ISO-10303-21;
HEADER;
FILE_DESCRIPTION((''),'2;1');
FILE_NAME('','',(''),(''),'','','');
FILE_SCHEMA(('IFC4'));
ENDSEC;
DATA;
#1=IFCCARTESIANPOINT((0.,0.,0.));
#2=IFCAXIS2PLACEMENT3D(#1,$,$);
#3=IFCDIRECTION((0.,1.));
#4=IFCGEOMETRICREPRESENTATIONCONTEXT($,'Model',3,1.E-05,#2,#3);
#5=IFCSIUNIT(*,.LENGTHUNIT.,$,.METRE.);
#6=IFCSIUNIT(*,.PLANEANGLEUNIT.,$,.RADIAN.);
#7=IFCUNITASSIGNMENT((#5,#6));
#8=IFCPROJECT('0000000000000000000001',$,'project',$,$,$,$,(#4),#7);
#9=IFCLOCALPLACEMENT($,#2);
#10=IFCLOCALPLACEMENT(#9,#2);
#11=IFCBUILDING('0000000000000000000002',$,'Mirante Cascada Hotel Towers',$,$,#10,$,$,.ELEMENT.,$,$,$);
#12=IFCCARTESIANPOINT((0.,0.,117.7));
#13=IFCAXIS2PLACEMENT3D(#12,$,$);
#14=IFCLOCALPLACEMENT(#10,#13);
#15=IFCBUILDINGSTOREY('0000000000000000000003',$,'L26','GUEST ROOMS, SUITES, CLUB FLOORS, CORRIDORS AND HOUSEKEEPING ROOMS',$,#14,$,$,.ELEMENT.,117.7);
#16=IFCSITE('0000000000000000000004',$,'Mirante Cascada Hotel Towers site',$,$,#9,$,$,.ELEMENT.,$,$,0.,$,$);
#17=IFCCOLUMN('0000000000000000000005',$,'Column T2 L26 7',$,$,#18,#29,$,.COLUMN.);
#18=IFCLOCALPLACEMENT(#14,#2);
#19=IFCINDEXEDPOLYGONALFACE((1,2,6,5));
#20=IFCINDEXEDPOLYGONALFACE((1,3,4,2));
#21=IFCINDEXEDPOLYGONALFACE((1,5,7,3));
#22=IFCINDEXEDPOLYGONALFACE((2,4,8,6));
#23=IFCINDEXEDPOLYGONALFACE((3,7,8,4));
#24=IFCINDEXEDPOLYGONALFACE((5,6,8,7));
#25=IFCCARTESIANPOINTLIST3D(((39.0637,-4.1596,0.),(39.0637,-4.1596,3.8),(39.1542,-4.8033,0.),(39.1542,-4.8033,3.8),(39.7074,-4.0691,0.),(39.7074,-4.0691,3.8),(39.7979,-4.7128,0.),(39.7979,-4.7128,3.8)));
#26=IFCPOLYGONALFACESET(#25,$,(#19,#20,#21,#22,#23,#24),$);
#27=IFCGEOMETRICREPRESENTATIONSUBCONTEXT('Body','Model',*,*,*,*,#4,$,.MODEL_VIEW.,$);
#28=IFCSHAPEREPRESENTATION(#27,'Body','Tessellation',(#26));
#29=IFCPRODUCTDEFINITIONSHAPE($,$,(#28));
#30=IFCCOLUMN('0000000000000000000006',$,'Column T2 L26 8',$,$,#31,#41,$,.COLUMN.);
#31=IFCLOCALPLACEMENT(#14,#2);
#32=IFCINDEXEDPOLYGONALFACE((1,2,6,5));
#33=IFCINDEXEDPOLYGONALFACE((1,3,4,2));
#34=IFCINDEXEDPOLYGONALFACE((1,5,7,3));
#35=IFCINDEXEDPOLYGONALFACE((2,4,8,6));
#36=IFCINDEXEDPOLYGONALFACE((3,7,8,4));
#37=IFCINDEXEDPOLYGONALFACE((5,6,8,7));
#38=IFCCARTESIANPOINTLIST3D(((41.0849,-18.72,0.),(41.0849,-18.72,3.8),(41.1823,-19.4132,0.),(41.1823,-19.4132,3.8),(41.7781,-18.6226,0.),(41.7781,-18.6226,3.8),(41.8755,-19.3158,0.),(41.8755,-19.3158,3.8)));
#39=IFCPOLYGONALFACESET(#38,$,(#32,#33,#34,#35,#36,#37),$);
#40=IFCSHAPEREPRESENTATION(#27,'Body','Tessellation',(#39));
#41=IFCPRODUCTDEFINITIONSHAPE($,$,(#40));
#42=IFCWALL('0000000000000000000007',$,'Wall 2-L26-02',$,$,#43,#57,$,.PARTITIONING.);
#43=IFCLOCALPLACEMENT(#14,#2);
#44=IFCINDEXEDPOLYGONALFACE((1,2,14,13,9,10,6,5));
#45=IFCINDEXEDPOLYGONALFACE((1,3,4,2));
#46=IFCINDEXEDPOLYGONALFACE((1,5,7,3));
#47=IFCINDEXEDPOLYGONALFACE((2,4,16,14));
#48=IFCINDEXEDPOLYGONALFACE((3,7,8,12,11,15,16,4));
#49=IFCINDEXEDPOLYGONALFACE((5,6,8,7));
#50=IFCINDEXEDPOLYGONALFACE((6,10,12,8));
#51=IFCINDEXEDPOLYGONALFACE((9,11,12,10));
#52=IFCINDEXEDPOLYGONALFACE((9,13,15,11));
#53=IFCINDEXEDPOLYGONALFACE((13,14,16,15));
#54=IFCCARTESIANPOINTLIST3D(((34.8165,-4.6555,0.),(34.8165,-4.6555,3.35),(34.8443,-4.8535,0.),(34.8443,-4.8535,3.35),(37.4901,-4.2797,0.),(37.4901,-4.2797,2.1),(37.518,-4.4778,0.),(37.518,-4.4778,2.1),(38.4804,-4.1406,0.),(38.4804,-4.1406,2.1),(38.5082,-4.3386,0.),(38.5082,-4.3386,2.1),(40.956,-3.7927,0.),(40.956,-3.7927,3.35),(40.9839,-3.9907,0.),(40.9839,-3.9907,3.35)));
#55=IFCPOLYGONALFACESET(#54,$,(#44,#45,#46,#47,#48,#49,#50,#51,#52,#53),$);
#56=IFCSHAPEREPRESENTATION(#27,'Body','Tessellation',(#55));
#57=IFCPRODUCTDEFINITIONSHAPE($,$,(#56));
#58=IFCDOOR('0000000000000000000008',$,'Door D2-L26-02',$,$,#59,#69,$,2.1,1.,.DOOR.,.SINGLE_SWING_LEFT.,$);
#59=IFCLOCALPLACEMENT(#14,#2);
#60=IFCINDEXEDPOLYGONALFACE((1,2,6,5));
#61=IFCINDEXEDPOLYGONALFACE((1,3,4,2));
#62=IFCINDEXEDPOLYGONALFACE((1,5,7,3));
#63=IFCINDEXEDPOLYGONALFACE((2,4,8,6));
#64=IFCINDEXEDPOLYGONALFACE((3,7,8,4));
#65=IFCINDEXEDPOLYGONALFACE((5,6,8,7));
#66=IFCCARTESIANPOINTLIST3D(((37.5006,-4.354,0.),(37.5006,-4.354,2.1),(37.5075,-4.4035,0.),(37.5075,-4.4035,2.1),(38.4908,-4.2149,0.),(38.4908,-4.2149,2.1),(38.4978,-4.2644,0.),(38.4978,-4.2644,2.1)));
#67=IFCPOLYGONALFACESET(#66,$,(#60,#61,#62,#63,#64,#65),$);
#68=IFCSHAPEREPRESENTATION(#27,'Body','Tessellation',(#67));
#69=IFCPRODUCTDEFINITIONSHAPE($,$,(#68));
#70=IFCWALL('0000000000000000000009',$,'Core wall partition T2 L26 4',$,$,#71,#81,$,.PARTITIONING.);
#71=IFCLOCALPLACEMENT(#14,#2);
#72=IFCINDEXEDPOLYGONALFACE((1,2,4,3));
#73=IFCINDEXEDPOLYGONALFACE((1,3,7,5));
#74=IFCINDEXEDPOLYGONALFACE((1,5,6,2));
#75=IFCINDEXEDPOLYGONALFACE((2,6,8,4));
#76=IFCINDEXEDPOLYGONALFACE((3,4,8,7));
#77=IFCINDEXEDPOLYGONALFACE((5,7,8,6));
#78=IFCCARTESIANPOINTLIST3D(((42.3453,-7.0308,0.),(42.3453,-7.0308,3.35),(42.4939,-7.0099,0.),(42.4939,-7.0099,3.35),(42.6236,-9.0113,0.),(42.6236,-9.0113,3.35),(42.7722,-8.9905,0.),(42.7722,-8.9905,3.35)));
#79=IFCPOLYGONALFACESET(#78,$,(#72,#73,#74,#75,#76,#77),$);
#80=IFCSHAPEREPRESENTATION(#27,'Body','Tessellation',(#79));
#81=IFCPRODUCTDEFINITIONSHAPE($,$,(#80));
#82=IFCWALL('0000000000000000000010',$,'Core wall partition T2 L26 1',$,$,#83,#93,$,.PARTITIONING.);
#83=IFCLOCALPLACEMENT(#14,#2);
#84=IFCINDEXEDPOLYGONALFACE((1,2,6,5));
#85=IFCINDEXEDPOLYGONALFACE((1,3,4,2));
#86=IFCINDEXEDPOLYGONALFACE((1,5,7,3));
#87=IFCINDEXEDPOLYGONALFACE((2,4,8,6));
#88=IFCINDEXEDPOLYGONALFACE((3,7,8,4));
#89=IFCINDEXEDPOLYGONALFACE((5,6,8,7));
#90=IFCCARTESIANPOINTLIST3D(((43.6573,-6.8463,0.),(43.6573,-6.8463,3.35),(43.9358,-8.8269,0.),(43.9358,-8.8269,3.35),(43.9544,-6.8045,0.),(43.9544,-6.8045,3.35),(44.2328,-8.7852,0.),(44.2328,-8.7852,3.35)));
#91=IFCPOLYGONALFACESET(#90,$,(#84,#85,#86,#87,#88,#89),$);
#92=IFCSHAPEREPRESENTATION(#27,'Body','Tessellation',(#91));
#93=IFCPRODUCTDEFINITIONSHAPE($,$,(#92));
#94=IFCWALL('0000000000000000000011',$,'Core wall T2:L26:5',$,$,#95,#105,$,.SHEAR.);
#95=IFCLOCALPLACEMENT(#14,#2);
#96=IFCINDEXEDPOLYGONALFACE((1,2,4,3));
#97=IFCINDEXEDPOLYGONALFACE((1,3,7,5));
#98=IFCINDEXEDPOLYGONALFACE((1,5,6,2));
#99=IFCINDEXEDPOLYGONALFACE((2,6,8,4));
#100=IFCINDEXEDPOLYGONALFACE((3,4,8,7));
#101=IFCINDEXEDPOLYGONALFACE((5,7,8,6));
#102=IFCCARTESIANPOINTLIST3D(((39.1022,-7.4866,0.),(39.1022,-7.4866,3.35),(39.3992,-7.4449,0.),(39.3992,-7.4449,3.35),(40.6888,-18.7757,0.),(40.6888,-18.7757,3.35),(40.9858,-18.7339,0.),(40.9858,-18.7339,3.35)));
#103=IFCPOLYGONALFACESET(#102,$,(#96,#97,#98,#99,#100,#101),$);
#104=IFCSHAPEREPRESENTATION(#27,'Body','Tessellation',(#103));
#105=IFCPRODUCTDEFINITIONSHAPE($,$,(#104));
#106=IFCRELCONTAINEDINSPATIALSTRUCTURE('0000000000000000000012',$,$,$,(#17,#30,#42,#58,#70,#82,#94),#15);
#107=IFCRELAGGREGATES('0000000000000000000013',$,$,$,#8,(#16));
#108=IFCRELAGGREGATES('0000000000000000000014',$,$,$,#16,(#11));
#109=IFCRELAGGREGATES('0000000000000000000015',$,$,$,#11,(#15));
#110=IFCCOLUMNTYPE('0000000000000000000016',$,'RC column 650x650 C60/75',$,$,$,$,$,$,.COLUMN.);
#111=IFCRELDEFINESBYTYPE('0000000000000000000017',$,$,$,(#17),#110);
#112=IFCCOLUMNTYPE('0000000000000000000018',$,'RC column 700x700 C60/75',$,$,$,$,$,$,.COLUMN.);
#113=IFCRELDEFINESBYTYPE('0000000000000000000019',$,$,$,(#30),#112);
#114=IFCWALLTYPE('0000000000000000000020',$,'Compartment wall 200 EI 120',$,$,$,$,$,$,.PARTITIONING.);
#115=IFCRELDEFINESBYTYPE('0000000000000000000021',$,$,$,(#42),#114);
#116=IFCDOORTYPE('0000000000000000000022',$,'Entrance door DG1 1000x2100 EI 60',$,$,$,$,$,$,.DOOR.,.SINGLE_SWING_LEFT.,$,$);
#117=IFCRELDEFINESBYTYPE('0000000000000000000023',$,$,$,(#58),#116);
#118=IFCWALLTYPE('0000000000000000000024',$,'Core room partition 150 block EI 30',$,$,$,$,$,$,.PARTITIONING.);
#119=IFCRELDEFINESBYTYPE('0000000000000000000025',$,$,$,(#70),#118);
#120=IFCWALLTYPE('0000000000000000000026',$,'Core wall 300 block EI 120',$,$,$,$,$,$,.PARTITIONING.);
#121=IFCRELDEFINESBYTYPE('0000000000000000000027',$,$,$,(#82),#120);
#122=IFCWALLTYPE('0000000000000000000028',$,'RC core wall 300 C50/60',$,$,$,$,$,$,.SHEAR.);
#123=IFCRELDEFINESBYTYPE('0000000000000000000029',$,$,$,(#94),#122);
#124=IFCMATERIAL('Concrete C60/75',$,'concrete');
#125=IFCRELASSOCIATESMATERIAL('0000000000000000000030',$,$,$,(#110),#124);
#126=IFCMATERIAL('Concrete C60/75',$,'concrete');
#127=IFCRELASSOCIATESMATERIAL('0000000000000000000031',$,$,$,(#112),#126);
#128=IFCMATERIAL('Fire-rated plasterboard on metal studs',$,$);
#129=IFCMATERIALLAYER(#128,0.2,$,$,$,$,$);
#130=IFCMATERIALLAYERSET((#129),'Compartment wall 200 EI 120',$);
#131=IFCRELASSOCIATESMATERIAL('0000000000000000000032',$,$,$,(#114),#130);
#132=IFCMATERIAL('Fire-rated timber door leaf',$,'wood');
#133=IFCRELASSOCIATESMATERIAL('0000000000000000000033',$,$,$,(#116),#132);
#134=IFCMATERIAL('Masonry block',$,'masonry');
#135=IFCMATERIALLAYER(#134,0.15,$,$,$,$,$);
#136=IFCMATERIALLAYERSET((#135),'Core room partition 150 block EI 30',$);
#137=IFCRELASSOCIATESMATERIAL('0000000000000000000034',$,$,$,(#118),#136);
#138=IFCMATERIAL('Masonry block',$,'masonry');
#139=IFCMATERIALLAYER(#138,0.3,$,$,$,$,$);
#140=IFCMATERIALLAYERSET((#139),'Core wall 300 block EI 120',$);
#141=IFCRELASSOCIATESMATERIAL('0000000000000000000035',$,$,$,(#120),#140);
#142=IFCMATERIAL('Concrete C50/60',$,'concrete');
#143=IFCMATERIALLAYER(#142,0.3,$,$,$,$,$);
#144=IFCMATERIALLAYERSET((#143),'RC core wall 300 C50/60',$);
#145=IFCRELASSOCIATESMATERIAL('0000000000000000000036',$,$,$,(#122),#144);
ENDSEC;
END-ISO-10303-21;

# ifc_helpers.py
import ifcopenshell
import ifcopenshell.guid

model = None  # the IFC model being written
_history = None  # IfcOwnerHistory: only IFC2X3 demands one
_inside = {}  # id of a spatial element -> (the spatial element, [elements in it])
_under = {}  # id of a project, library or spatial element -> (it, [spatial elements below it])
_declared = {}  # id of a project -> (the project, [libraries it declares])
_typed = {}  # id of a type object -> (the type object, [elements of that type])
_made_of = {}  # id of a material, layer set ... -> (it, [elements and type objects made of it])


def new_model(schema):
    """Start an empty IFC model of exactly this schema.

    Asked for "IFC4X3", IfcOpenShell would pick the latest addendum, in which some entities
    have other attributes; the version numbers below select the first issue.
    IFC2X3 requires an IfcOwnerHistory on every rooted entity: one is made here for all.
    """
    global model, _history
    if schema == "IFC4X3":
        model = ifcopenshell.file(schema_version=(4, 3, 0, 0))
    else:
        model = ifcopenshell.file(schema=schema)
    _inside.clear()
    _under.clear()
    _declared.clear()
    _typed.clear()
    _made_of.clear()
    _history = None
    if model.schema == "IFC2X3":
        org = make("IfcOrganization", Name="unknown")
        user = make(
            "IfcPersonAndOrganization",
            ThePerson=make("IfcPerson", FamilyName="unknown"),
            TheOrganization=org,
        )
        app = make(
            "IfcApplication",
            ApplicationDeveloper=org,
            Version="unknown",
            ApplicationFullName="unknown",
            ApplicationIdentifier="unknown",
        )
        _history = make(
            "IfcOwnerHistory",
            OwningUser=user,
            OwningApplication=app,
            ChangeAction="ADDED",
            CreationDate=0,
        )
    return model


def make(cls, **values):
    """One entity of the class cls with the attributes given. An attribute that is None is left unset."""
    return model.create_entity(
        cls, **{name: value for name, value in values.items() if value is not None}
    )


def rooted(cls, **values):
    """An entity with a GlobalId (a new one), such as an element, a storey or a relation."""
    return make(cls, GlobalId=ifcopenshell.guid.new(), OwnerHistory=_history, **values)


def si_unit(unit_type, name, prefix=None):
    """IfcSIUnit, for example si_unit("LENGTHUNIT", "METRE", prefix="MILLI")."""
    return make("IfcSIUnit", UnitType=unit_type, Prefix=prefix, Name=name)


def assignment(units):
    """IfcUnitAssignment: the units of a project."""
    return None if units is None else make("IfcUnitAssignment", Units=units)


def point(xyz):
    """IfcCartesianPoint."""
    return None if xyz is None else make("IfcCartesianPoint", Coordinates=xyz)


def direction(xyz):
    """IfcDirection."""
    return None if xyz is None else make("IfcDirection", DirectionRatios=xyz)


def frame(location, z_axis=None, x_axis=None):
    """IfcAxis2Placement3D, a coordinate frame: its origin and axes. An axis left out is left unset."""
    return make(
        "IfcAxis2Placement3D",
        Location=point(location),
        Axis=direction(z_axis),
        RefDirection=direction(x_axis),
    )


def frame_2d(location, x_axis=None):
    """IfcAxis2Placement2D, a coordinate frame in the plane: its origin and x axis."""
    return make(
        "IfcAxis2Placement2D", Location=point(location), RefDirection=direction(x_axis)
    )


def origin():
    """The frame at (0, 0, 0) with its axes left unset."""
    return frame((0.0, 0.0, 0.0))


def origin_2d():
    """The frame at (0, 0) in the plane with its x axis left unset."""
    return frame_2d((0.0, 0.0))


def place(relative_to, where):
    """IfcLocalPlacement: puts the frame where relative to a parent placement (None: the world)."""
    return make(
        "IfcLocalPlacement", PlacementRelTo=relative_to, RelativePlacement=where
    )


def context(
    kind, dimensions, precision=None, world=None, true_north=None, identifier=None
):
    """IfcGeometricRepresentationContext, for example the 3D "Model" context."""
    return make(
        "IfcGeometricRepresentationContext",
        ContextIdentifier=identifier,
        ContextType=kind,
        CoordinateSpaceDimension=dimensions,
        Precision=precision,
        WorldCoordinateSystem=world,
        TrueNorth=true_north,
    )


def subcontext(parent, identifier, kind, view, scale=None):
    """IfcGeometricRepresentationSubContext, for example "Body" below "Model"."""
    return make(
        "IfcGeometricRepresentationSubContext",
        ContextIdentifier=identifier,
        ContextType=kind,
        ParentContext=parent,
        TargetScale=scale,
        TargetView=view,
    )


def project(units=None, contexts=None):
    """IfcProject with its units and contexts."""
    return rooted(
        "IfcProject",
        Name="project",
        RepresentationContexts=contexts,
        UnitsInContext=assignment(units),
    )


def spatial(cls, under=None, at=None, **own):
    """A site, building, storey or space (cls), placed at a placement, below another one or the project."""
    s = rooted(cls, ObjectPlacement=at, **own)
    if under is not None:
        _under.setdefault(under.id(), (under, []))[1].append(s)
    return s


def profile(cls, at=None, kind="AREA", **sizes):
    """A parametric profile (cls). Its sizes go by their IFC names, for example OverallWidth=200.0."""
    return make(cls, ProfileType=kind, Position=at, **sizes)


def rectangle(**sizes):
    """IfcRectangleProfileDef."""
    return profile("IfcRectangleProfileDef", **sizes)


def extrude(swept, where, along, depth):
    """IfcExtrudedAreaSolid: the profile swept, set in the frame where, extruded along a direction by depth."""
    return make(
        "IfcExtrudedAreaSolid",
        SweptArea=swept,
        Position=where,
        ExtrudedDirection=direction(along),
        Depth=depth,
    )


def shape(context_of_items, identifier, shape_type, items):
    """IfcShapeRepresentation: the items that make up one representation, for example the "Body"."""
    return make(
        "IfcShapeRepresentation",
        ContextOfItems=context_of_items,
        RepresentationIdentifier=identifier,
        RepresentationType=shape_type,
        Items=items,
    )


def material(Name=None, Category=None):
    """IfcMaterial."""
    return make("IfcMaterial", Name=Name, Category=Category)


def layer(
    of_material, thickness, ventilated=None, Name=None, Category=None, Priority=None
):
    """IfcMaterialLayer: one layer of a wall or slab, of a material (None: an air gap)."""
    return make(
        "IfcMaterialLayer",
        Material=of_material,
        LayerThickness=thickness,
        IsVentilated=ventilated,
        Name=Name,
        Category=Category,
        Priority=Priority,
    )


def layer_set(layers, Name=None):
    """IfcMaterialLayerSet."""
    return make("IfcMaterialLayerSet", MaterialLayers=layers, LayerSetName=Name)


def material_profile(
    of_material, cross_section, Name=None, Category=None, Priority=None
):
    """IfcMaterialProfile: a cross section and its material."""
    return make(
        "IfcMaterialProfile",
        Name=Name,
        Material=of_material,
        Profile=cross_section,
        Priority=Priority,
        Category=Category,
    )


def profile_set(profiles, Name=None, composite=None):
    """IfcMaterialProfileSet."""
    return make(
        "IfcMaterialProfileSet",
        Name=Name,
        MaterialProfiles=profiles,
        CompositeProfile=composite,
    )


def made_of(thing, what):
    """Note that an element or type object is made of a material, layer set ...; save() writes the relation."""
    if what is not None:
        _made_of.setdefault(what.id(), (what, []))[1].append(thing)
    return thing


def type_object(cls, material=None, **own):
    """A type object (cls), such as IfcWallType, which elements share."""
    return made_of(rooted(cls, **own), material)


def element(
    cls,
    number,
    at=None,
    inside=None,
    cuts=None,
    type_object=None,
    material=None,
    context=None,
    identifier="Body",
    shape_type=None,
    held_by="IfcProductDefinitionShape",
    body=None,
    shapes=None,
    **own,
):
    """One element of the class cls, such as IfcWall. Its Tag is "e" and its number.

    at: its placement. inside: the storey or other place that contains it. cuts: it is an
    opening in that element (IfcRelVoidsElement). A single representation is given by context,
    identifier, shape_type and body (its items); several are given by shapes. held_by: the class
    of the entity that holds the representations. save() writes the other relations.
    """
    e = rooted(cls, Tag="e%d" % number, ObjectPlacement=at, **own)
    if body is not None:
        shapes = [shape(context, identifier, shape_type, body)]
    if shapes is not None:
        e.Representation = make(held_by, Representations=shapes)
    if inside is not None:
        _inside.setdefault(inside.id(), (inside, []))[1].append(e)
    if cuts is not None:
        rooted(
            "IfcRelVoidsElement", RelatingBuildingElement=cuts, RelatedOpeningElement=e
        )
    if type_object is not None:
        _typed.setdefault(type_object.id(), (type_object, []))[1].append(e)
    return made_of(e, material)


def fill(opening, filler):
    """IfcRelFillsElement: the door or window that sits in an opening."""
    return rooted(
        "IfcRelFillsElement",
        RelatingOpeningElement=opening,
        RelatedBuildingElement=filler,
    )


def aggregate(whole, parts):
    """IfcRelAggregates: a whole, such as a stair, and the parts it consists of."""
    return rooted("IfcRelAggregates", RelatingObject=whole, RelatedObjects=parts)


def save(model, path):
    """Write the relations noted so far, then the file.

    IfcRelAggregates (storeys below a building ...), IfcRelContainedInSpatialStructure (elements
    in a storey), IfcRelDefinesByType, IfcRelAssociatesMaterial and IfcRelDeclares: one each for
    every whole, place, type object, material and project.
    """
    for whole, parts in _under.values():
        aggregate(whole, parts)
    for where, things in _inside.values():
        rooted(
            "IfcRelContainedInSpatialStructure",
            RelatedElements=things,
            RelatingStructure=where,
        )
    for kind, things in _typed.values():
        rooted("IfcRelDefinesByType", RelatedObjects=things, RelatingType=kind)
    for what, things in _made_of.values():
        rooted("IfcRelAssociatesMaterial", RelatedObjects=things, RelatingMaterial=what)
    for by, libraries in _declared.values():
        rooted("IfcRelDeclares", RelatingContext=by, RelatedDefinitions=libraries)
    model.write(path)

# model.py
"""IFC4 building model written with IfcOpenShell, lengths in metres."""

from ifc_helpers import new_model, si_unit, direction, frame, frame_2d, origin, origin_2d, place, context, subcontext, project, spatial, rectangle, extrude, material, layer, layer_set, material_profile, profile_set, type_object, element, fill, save


model = new_model("IFC4")

# Units and contexts
model_context = context("Model", 3, precision=1e-05, world=origin(), true_north=direction((0.0, 1.0)))
body_context = subcontext(model_context, "Body", "Model", "MODEL_VIEW")
ifc_project = project(units=[si_unit("LENGTHUNIT", "METRE"), si_unit("PLANEANGLEUNIT", "RADIAN")], contexts=[model_context])

# Site, building, storey
site_placement = place(None, origin())
site = spatial("IfcSite", under=ifc_project, at=site_placement, Name="Mirante Cascada Hotel Towers site", CompositionType="ELEMENT", RefElevation=0.0)
building_placement = place(site_placement, origin())
building = spatial("IfcBuilding", under=site, at=building_placement, Name="Mirante Cascada Hotel Towers", CompositionType="ELEMENT")
storey_placement = place(building_placement, frame((0.0, 0.0, 117.7)))
storey = spatial("IfcBuildingStorey", under=building, at=storey_placement, Name="L26", Description="GUEST ROOMS, SUITES, CLUB FLOORS, CORRIDORS AND HOUSEKEEPING ROOMS", CompositionType="ELEMENT", Elevation=117.7)

# Columns
ifc_material_1 = material(Name="Concrete C60/75", Category="concrete")
ifc_material_profile_1 = material_profile(ifc_material_1, rectangle(XDim=0.65, YDim=0.65, at=origin_2d()), Name="RC column 650x650 C60/75")
ifc_profile_set_1 = profile_set([ifc_material_profile_1], Name="Concrete C60/75")
column_type_1 = type_object("IfcColumnType", Name="RC column 650x650 C60/75", PredefinedType="COLUMN", material=ifc_profile_set_1)
column_1_placement = place(storey_placement, frame((39.4308, -4.4362, 0.0), z_axis=(0.0, 0.0, 1.0), x_axis=(0.990268, 0.139173, 0.0)))
element("IfcColumn", 1, at=column_1_placement, inside=storey, type_object=column_type_1, Name="Column T2 L26 7", PredefinedType="COLUMN", context=body_context, shape_type="SweptSolid", body=[
    extrude(rectangle(XDim=0.65, YDim=0.65, at=origin_2d()), origin(), (0.0, 0.0, 1.0), 3.8),
])
ifc_material_2 = material(Name="Concrete C60/75", Category="concrete")
ifc_material_profile_2 = material_profile(ifc_material_2, rectangle(XDim=0.7, YDim=0.7, at=origin_2d()), Name="RC column 700x700 C60/75")
ifc_profile_set_2 = profile_set([ifc_material_profile_2], Name="Concrete C60/75")
column_type_2 = type_object("IfcColumnType", Name="RC column 700x700 C60/75", PredefinedType="COLUMN", material=ifc_profile_set_2)
column_2_placement = place(storey_placement, frame((41.4802, -19.0179, 0.0), z_axis=(0.0, 0.0, 1.0), x_axis=(0.990268, 0.139173, 0.0)))
element("IfcColumn", 2, at=column_2_placement, inside=storey, type_object=column_type_2, Name="Column T2 L26 8", PredefinedType="COLUMN", context=body_context, shape_type="SweptSolid", body=[
    extrude(rectangle(XDim=0.7, YDim=0.7, at=origin_2d()), origin(), (0.0, 0.0, 1.0), 3.8),
])

# Wall, opening, door
ifc_material_3 = material(Name="Fire-rated plasterboard on metal studs")
ifc_layer_1 = layer(ifc_material_3, 0.2)
ifc_layer_set_1 = layer_set([ifc_layer_1], Name="Compartment wall 200 EI 120")
wall_type_1 = type_object("IfcWallType", Name="Compartment wall 200 EI 120", PredefinedType="PARTITIONING", material=ifc_layer_set_1)
wall_1_placement = place(storey_placement, frame((40.97, -3.8917, 0.0), z_axis=(0.0, 0.0, 1.0), x_axis=(-0.99027, -0.139163, 0.0)))
wall_1 = element("IfcWall", 3, at=wall_1_placement, inside=storey, type_object=wall_type_1, Name="Wall 2-L26-02", PredefinedType="PARTITIONING", context=body_context, shape_type="SweptSolid", body=[
    extrude(rectangle(XDim=6.1999, YDim=0.2, at=frame_2d((3.1, 0.0))), origin(), (0.0, 0.0, 1.0), 3.35),
])
opening_1_placement = place(wall_1_placement, frame((2.5, 0.0, 0.0)))
opening_1 = element("IfcOpeningElement", 4, at=opening_1_placement, cuts=wall_1, PredefinedType="OPENING", context=body_context, shape_type="SweptSolid", body=[
    extrude(rectangle(XDim=1.0, YDim=2.1, at=frame_2d((0.5, 1.05))), frame((0.0, 0.1, 0.0), z_axis=(0.0, -1.0, 0.0), x_axis=(1.0, 0.0, 0.0)), (0.0, 0.0, 1.0), 0.2),
])
ifc_material_4 = material(Name="Fire-rated timber door leaf", Category="wood")
door_type_1 = type_object("IfcDoorType", Name="Entrance door DG1 1000x2100 EI 60", OperationType="SINGLE_SWING_LEFT", PredefinedType="DOOR", material=ifc_material_4)
door_1_placement = place(opening_1_placement, origin())
door_1 = element("IfcDoor", 5, at=door_1_placement, inside=storey, type_object=door_type_1, Name="Door D2-L26-02", OperationType="SINGLE_SWING_LEFT", OverallHeight=2.1, OverallWidth=1.0, PredefinedType="DOOR", context=body_context, shape_type="SweptSolid", body=[
    extrude(rectangle(XDim=1.0, YDim=2.1, at=frame_2d((0.5, 1.05))), frame((0.0, 0.025, 0.0), z_axis=(0.0, -1.0, 0.0), x_axis=(1.0, 0.0, 0.0)), (0.0, 0.0, 1.0), 0.05),
])
fill(opening_1, door_1)

# Walls
ifc_material_5 = material(Name="Masonry block", Category="masonry")
ifc_layer_2 = layer(ifc_material_5, 0.15)
ifc_layer_set_2 = layer_set([ifc_layer_2], Name="Core room partition 150 block EI 30")
wall_type_2 = type_object("IfcWallType", Name="Core room partition 150 block EI 30", PredefinedType="PARTITIONING", material=ifc_layer_set_2)
wall_2_placement = place(storey_placement, frame((42.6979, -9.0009, 0.0), z_axis=(0.0, 0.0, 1.0), x_axis=(-0.139153, 0.990271, 0.0)))
element("IfcWall", 6, at=wall_2_placement, inside=storey, type_object=wall_type_2, Name="Core wall partition T2 L26 4", PredefinedType="PARTITIONING", context=body_context, shape_type="SweptSolid", body=[
    extrude(rectangle(XDim=2.0, YDim=0.15, at=frame_2d((1.0, 0.0))), origin(), (0.0, 0.0, 1.0), 3.35),
])
ifc_material_6 = material(Name="Masonry block", Category="masonry")
ifc_layer_3 = layer(ifc_material_6, 0.3)
ifc_layer_set_3 = layer_set([ifc_layer_3], Name="Core wall 300 block EI 120")
wall_type_3 = type_object("IfcWallType", Name="Core wall 300 block EI 120", PredefinedType="PARTITIONING", material=ifc_layer_set_3)
wall_3_placement = place(storey_placement, frame((44.0843, -8.8061, 0.0), z_axis=(0.0, 0.0, 1.0), x_axis=(-0.139195, 0.990265, 0.0)))
element("IfcWall", 7, at=wall_3_placement, inside=storey, type_object=wall_type_3, Name="Core wall partition T2 L26 1", PredefinedType="PARTITIONING", context=body_context, shape_type="SweptSolid", body=[
    extrude(rectangle(XDim=2.0001, YDim=0.3, at=frame_2d((1.0001, 0.0))), origin(), (0.0, 0.0, 1.0), 3.35),
])
ifc_material_7 = material(Name="Concrete C50/60", Category="concrete")
ifc_layer_4 = layer(ifc_material_7, 0.3)
ifc_layer_set_4 = layer_set([ifc_layer_4], Name="RC core wall 300 C50/60")
wall_type_4 = type_object("IfcWallType", Name="RC core wall 300 C50/60", PredefinedType="SHEAR", material=ifc_layer_set_4)
wall_4_placement = place(storey_placement, frame((40.8373, -18.7548, 0.0), z_axis=(0.0, 0.0, 1.0), x_axis=(-0.139175, 0.990268, 0.0)))
element("IfcWall", 8, at=wall_4_placement, inside=storey, type_object=wall_type_4, Name="Core wall T2:L26:5", PredefinedType="SHEAR", context=body_context, shape_type="SweptSolid", body=[
    extrude(rectangle(XDim=11.4, YDim=0.3, at=frame_2d((5.7, 0.0))), origin(), (0.0, 0.0, 1.0), 3.35),
])

save(model, "model.ifc")
